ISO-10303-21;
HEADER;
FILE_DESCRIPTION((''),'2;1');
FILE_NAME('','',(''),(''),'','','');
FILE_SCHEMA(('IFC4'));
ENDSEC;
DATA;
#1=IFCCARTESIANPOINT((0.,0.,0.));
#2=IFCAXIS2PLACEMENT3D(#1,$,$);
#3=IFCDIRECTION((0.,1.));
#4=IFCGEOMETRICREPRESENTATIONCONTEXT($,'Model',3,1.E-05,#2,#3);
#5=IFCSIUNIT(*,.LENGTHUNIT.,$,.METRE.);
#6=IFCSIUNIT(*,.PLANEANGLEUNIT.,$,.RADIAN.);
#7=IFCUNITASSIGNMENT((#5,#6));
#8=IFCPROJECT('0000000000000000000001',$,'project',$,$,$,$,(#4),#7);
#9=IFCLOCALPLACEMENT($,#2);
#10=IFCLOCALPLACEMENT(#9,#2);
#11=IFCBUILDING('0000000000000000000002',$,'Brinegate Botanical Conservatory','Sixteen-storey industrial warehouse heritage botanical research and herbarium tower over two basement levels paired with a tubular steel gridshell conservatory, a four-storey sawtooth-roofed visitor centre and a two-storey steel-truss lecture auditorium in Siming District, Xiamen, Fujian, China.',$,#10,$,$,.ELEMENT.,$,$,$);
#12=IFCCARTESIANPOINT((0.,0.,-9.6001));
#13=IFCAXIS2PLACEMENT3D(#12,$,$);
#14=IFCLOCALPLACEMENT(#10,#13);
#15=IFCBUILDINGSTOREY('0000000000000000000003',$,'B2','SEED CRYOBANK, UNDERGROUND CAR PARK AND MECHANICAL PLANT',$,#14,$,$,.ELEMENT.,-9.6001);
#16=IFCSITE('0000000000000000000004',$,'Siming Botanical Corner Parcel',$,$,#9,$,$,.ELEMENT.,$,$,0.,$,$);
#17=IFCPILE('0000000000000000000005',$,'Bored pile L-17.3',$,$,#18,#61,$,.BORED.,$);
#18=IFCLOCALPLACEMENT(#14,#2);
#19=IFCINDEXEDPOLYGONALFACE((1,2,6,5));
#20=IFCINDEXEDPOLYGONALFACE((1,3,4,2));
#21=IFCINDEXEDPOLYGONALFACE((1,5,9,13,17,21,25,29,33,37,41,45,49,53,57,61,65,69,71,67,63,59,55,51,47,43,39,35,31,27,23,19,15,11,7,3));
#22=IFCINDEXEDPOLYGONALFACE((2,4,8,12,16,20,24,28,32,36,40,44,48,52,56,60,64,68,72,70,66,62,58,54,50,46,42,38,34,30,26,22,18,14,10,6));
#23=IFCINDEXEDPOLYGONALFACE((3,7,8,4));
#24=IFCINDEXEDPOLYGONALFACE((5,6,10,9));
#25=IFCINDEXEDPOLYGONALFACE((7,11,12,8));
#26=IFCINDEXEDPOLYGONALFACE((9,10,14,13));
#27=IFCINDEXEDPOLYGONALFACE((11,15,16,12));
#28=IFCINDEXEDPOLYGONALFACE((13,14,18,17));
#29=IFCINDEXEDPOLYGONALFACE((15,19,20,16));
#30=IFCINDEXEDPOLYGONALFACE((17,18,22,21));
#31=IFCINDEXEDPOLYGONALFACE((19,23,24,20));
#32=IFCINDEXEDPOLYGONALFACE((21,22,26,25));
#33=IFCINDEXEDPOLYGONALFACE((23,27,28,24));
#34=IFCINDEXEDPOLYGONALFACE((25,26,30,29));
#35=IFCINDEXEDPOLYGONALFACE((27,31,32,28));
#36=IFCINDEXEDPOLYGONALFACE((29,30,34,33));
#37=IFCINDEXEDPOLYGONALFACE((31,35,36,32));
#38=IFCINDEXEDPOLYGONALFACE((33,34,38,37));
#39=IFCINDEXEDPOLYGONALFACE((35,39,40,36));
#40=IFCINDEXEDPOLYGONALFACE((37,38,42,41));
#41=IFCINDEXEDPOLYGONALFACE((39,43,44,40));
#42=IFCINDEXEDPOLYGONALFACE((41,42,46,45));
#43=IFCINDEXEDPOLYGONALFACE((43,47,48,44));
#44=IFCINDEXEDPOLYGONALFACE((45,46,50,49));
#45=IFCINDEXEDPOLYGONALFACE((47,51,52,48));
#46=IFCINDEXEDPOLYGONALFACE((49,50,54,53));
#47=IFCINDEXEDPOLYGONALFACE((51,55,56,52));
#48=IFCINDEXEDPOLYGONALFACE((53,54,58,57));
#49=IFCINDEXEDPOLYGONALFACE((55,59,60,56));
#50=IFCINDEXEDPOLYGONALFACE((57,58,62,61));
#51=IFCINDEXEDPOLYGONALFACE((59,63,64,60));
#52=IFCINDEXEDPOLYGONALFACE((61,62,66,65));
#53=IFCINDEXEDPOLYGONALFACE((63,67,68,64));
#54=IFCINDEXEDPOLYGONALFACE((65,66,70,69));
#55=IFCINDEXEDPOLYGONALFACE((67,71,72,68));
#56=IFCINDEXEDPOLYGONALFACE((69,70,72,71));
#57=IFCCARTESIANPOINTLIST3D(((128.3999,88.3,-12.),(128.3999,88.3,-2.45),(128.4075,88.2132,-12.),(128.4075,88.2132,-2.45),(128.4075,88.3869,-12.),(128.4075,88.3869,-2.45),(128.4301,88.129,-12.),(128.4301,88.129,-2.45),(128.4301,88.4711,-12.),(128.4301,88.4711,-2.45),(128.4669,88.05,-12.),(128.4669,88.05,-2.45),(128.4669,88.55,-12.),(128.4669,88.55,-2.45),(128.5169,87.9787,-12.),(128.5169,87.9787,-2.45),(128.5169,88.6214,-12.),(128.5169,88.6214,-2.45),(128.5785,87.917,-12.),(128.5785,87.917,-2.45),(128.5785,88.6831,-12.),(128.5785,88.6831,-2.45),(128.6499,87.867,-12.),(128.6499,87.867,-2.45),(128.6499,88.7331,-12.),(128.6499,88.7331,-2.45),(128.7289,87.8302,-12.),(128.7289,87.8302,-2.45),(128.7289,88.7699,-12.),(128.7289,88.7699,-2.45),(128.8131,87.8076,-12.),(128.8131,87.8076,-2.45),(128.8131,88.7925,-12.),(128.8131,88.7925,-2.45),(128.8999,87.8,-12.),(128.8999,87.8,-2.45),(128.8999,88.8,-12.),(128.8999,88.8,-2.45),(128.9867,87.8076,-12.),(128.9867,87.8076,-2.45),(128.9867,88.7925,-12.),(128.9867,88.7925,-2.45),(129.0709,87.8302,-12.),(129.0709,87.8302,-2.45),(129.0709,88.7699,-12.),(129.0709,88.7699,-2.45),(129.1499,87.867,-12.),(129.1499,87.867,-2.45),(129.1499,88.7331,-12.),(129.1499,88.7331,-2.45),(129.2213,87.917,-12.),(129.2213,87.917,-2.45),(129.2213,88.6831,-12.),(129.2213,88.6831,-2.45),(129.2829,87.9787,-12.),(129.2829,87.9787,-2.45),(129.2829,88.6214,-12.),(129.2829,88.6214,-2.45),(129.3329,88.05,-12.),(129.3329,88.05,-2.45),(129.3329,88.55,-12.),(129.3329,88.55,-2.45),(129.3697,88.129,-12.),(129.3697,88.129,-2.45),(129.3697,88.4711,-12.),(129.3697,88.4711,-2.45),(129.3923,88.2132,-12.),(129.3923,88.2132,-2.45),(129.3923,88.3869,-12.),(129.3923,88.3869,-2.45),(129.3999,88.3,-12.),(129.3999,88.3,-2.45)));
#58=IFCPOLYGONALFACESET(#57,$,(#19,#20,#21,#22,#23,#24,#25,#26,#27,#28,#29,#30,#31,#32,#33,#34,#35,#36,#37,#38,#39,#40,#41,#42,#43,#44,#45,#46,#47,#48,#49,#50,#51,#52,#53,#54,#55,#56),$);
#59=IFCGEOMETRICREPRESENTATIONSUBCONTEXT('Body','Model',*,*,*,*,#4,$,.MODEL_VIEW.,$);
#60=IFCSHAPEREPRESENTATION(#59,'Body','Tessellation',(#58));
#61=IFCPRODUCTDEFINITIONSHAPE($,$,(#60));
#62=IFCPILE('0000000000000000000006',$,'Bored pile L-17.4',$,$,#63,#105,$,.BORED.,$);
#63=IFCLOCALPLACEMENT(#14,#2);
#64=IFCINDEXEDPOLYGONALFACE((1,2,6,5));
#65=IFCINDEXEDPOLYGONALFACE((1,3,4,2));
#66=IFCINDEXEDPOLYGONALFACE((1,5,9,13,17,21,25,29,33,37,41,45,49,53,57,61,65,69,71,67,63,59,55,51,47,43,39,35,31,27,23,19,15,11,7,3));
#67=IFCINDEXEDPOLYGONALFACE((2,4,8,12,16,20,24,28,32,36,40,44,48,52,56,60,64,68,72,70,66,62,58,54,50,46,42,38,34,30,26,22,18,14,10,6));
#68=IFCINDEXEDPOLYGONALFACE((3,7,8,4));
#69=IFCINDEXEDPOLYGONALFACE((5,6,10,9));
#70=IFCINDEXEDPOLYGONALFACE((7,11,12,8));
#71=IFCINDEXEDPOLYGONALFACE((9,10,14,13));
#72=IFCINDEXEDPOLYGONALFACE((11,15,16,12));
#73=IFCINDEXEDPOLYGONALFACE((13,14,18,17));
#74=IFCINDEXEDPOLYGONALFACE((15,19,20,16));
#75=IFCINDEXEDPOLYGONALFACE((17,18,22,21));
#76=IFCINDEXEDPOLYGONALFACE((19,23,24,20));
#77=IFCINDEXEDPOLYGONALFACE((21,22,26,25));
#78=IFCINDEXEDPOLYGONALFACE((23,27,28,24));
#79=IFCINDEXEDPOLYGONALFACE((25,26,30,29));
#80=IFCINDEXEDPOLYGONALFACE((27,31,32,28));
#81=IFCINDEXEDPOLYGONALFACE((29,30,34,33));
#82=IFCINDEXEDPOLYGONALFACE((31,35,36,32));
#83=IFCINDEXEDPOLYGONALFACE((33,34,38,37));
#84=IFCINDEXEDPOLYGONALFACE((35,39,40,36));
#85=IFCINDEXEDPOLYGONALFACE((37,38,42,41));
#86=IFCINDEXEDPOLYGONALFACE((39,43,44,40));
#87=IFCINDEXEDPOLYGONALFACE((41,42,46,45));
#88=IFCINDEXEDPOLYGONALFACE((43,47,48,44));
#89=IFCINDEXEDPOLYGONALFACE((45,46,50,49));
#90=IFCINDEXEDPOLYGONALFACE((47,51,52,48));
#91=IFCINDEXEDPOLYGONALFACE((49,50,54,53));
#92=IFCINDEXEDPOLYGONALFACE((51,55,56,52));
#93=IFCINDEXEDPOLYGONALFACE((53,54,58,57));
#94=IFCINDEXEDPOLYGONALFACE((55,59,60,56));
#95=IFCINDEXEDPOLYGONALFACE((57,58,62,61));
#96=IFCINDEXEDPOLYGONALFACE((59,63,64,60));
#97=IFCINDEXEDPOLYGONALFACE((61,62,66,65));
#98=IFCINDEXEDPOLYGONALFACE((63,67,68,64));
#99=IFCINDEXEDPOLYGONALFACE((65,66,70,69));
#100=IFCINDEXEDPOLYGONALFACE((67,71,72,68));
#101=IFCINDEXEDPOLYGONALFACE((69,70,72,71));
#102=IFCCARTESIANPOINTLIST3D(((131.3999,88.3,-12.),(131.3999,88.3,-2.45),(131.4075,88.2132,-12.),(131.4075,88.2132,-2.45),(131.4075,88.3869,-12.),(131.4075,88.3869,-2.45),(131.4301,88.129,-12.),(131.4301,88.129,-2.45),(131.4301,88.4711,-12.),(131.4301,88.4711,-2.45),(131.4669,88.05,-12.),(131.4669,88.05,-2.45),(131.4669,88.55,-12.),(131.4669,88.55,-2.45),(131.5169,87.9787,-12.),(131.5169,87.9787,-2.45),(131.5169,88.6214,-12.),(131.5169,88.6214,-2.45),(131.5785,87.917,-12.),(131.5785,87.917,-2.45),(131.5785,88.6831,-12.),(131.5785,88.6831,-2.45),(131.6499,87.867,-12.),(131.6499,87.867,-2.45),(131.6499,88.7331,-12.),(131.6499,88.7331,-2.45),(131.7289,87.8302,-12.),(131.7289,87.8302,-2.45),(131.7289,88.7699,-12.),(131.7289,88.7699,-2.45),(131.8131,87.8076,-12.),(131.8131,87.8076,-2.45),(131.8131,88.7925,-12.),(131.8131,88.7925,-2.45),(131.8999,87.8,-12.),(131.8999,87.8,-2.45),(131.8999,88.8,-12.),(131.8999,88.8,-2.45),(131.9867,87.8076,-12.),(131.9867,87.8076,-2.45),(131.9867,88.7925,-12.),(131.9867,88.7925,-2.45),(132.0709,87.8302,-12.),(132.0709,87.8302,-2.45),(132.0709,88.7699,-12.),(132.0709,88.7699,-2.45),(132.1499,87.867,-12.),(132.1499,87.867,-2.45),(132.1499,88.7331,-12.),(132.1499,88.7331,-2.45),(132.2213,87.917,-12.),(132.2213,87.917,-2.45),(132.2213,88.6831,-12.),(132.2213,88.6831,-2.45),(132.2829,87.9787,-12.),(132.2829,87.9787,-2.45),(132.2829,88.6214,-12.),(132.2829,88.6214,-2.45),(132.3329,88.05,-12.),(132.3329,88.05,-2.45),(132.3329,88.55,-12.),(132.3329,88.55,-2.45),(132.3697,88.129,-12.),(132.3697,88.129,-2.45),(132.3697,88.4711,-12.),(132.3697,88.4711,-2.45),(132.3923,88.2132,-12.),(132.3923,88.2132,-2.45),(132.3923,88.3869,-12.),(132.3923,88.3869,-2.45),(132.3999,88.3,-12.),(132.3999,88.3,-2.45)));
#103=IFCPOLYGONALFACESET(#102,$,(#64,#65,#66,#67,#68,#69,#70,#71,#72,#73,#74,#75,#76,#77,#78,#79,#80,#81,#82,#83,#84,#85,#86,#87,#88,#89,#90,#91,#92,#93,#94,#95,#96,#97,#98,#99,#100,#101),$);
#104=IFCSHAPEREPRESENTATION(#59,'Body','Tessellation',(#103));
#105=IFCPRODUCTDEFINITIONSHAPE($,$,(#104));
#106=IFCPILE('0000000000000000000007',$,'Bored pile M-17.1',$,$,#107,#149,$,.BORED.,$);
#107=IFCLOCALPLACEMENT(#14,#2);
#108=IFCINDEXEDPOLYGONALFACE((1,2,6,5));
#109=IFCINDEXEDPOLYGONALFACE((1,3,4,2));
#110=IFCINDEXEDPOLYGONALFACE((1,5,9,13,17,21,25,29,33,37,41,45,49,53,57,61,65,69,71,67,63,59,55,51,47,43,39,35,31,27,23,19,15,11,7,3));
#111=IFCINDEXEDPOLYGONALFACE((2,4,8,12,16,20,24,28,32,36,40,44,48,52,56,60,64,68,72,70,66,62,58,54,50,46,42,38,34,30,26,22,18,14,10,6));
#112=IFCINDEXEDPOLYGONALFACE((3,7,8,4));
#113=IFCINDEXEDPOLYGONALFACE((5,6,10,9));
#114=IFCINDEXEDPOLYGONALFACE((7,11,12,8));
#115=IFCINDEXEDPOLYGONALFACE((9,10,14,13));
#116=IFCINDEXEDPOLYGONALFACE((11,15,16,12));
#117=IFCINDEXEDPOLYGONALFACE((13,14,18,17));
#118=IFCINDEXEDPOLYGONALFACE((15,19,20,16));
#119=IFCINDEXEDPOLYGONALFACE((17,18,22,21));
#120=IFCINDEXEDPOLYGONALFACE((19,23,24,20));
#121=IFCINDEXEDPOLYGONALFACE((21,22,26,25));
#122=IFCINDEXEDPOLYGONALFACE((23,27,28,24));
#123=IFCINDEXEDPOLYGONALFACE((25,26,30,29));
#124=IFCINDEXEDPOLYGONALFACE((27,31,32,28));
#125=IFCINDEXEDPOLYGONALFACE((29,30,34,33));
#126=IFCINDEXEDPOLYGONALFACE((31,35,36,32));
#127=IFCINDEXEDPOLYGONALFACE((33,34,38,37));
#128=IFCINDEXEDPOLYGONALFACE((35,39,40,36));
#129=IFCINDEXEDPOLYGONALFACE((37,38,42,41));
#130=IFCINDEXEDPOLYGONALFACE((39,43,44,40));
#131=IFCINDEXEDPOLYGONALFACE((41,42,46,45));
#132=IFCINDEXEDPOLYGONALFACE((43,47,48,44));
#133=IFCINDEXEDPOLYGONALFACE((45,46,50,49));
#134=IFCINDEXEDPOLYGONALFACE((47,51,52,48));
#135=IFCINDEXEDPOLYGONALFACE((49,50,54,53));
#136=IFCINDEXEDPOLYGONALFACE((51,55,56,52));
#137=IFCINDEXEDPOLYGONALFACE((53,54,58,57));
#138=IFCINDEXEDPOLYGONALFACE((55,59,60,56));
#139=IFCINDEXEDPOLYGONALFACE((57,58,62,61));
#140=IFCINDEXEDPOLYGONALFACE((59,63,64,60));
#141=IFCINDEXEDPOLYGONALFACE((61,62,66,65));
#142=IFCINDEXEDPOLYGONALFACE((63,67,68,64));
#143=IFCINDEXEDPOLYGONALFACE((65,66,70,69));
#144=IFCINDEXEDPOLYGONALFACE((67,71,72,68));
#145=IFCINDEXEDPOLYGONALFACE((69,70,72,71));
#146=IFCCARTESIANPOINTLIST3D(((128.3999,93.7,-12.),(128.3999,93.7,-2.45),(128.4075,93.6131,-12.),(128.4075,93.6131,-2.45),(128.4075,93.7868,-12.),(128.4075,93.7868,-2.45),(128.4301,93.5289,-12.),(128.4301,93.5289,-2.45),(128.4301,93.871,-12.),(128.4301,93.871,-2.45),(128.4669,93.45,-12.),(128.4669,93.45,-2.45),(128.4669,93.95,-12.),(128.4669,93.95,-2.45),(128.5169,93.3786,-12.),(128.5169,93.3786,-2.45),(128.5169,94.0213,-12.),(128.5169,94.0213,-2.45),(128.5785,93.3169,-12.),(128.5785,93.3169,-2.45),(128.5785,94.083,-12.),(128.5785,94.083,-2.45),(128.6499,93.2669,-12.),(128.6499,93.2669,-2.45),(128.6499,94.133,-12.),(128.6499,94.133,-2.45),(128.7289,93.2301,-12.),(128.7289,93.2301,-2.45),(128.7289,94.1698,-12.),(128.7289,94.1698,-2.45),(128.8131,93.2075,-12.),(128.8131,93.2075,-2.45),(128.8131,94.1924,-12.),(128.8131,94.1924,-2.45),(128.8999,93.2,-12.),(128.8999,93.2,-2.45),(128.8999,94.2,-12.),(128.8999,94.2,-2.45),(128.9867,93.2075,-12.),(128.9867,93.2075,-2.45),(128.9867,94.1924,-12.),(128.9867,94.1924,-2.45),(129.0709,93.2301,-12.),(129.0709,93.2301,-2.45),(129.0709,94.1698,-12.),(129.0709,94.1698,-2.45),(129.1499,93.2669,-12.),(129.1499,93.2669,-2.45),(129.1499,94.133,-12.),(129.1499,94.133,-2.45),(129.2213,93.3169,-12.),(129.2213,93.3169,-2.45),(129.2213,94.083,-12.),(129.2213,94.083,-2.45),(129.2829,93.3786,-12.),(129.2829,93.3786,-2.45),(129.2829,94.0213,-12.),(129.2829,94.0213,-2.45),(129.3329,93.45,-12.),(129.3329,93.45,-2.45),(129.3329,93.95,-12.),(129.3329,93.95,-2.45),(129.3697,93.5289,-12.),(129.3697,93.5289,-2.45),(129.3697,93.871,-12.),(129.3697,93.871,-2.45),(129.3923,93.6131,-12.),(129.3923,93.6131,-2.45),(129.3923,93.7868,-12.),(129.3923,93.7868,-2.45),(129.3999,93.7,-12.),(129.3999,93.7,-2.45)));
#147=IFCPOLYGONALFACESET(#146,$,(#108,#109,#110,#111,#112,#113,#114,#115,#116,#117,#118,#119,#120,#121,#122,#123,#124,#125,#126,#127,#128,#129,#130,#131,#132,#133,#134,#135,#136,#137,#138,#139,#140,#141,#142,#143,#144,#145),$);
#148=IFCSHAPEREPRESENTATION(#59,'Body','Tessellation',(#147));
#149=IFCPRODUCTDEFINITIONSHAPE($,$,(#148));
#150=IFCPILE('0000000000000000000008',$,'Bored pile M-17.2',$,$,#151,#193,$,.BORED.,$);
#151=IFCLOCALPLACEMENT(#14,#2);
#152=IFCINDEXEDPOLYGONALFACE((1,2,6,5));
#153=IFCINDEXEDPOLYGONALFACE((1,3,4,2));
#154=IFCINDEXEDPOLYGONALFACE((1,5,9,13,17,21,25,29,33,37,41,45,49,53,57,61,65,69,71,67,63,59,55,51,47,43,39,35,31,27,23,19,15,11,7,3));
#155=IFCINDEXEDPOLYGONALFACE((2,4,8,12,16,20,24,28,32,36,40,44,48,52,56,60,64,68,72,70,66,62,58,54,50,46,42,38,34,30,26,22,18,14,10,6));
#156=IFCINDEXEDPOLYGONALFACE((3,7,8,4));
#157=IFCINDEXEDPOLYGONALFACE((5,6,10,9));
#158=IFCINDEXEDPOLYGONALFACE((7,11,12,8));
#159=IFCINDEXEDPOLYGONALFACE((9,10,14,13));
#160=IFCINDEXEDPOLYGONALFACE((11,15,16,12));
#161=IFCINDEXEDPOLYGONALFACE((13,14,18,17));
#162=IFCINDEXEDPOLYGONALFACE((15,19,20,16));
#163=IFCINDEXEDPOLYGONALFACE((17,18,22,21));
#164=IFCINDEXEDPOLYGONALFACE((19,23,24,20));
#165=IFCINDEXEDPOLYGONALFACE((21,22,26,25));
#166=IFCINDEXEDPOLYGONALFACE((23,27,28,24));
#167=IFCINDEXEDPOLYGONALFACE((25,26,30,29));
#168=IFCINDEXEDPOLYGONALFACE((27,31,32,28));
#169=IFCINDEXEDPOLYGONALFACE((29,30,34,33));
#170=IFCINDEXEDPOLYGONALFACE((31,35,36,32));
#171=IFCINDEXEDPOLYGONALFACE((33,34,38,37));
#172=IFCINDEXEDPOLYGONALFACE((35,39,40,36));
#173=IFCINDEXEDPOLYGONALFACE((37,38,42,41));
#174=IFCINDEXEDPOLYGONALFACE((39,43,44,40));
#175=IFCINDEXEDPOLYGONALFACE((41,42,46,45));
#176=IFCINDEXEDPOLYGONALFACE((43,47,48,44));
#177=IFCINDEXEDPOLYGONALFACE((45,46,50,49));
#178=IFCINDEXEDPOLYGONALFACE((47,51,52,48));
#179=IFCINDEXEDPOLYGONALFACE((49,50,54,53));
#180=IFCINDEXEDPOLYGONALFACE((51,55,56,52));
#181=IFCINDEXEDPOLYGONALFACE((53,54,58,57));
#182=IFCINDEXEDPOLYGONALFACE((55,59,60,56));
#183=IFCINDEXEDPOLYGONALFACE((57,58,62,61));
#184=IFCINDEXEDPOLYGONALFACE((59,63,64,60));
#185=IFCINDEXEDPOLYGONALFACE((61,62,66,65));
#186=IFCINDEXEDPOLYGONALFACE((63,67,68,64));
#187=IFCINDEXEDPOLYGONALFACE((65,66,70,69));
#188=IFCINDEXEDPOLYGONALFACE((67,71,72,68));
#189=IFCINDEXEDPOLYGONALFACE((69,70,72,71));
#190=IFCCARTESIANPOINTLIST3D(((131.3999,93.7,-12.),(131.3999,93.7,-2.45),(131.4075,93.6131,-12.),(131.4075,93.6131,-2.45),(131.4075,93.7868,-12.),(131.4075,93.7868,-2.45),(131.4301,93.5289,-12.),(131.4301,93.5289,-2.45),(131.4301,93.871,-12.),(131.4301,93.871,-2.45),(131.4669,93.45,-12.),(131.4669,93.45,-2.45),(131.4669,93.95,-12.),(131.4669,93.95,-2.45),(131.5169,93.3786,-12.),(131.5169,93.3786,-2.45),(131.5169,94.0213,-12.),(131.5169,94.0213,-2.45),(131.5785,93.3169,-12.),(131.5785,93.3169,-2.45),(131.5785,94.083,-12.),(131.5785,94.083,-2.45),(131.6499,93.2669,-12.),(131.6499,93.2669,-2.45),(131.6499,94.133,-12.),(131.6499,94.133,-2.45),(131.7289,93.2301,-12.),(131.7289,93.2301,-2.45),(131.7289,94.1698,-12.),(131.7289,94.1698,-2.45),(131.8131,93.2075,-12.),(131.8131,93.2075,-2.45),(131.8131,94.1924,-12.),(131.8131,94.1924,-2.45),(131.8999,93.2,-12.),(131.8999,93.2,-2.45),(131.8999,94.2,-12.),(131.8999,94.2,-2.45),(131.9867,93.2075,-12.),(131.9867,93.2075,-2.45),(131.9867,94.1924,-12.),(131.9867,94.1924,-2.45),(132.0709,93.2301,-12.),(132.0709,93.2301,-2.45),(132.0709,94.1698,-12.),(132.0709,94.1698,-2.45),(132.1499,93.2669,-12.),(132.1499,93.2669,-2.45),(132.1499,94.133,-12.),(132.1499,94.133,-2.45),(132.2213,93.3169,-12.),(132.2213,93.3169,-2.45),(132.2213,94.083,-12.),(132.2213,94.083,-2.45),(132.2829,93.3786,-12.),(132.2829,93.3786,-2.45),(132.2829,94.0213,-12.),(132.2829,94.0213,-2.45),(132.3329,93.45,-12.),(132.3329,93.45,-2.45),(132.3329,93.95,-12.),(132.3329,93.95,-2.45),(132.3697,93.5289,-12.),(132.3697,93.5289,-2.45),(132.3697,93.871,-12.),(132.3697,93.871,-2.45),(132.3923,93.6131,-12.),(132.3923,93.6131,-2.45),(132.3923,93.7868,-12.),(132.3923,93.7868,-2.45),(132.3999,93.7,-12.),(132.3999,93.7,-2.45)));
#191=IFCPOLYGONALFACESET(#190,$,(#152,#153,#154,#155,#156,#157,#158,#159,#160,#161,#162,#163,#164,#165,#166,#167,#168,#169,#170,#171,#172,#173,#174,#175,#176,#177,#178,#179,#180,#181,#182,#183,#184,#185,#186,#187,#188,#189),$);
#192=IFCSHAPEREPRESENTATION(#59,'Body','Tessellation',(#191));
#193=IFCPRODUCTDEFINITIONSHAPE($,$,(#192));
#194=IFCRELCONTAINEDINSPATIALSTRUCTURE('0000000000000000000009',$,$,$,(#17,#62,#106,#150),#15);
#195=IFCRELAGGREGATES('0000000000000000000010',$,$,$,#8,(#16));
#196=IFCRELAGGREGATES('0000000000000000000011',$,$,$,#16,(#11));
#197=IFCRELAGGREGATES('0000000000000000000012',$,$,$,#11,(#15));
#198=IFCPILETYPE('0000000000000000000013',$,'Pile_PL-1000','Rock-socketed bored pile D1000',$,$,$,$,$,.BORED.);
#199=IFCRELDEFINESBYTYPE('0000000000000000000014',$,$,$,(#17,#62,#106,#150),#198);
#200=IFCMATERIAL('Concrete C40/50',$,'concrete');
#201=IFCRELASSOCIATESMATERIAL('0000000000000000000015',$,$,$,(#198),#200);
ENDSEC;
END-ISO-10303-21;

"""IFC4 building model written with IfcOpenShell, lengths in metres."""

from ifc_helpers import new_model, si_unit, direction, frame, origin, origin_2d, place, context, subcontext, project, spatial, circle, extrude, material, material_profile, profile_set, type_object, element, save


model = new_model("IFC4")

# Units and contexts
model_context = context("Model", 3, precision=1e-05, world=origin(), true_north=direction((0.0, 1.0)))
body_context = subcontext(model_context, "Body", "Model", "MODEL_VIEW")
ifc_project = project(units=[si_unit("LENGTHUNIT", "METRE"), si_unit("PLANEANGLEUNIT", "RADIAN")], contexts=[model_context])

# Site, building, storey
site_placement = place(None, origin())
site = spatial("IfcSite", under=ifc_project, at=site_placement, Name="Siming Botanical Corner Parcel", CompositionType="ELEMENT", RefElevation=0.0)
building_placement = place(site_placement, origin())
building = spatial("IfcBuilding", under=site, at=building_placement, Name="Brinegate Botanical Conservatory", Description="Sixteen-storey industrial warehouse heritage botanical research and herbarium tower over two basement levels paired with a tubular steel gridshell conservatory, a four-storey sawtooth-roofed visitor centre and a two-storey steel-truss lecture auditorium in Siming District, Xiamen, Fujian, China.", CompositionType="ELEMENT")
storey_placement = place(building_placement, frame((0.0, 0.0, -9.6001)))
storey = spatial("IfcBuildingStorey", under=building, at=storey_placement, Name="B2", Description="SEED CRYOBANK, UNDERGROUND CAR PARK AND MECHANICAL PLANT", CompositionType="ELEMENT", Elevation=-9.6001)

# Shared definitions
ifc_material_1 = material(Name="Concrete C40/50", Category="concrete")

# Piles
ifc_material_profile_1 = material_profile(ifc_material_1, circle(Radius=0.5, at=origin_2d()), Name="PILE D1000")
ifc_profile_set_1 = profile_set([ifc_material_profile_1], Name="Concrete C40/50")
pile_type = type_object("IfcPileType", Name="Pile_PL-1000", Description="Rock-socketed bored pile D1000", PredefinedType="BORED", material=ifc_profile_set_1)
for number, where, z_axis, x_axis, name in (
    (1, (128.8999, 88.3, -2.45), (0.0, 0.0, -1.0), (1.0, 0.0, 0.0), "Bored pile L-17.3"),
    (2, (131.8999, 88.3, -2.45), (0.0, 0.0, -1.0), (1.0, 0.0, 0.0), "Bored pile L-17.4"),
    (3, (128.8999, 93.7, -2.45), (0.0, 0.0, -1.0), (1.0, 0.0, 0.0), "Bored pile M-17.1"),
    (4, (131.8999, 93.7, -2.45), (0.0, 0.0, -1.0), (1.0, 0.0, 0.0), "Bored pile M-17.2"),
):
    element("IfcPile", number, at=place(storey_placement, frame(where, z_axis=z_axis, x_axis=x_axis)), inside=storey, type_object=pile_type, Name=name, PredefinedType="BORED", context=body_context, shape_type="SweptSolid", body=[
        extrude(circle(Radius=0.5, at=origin_2d()), origin(), (0.0, 0.0, 1.0), 9.55),
    ])

save(model, "model.ifc")
